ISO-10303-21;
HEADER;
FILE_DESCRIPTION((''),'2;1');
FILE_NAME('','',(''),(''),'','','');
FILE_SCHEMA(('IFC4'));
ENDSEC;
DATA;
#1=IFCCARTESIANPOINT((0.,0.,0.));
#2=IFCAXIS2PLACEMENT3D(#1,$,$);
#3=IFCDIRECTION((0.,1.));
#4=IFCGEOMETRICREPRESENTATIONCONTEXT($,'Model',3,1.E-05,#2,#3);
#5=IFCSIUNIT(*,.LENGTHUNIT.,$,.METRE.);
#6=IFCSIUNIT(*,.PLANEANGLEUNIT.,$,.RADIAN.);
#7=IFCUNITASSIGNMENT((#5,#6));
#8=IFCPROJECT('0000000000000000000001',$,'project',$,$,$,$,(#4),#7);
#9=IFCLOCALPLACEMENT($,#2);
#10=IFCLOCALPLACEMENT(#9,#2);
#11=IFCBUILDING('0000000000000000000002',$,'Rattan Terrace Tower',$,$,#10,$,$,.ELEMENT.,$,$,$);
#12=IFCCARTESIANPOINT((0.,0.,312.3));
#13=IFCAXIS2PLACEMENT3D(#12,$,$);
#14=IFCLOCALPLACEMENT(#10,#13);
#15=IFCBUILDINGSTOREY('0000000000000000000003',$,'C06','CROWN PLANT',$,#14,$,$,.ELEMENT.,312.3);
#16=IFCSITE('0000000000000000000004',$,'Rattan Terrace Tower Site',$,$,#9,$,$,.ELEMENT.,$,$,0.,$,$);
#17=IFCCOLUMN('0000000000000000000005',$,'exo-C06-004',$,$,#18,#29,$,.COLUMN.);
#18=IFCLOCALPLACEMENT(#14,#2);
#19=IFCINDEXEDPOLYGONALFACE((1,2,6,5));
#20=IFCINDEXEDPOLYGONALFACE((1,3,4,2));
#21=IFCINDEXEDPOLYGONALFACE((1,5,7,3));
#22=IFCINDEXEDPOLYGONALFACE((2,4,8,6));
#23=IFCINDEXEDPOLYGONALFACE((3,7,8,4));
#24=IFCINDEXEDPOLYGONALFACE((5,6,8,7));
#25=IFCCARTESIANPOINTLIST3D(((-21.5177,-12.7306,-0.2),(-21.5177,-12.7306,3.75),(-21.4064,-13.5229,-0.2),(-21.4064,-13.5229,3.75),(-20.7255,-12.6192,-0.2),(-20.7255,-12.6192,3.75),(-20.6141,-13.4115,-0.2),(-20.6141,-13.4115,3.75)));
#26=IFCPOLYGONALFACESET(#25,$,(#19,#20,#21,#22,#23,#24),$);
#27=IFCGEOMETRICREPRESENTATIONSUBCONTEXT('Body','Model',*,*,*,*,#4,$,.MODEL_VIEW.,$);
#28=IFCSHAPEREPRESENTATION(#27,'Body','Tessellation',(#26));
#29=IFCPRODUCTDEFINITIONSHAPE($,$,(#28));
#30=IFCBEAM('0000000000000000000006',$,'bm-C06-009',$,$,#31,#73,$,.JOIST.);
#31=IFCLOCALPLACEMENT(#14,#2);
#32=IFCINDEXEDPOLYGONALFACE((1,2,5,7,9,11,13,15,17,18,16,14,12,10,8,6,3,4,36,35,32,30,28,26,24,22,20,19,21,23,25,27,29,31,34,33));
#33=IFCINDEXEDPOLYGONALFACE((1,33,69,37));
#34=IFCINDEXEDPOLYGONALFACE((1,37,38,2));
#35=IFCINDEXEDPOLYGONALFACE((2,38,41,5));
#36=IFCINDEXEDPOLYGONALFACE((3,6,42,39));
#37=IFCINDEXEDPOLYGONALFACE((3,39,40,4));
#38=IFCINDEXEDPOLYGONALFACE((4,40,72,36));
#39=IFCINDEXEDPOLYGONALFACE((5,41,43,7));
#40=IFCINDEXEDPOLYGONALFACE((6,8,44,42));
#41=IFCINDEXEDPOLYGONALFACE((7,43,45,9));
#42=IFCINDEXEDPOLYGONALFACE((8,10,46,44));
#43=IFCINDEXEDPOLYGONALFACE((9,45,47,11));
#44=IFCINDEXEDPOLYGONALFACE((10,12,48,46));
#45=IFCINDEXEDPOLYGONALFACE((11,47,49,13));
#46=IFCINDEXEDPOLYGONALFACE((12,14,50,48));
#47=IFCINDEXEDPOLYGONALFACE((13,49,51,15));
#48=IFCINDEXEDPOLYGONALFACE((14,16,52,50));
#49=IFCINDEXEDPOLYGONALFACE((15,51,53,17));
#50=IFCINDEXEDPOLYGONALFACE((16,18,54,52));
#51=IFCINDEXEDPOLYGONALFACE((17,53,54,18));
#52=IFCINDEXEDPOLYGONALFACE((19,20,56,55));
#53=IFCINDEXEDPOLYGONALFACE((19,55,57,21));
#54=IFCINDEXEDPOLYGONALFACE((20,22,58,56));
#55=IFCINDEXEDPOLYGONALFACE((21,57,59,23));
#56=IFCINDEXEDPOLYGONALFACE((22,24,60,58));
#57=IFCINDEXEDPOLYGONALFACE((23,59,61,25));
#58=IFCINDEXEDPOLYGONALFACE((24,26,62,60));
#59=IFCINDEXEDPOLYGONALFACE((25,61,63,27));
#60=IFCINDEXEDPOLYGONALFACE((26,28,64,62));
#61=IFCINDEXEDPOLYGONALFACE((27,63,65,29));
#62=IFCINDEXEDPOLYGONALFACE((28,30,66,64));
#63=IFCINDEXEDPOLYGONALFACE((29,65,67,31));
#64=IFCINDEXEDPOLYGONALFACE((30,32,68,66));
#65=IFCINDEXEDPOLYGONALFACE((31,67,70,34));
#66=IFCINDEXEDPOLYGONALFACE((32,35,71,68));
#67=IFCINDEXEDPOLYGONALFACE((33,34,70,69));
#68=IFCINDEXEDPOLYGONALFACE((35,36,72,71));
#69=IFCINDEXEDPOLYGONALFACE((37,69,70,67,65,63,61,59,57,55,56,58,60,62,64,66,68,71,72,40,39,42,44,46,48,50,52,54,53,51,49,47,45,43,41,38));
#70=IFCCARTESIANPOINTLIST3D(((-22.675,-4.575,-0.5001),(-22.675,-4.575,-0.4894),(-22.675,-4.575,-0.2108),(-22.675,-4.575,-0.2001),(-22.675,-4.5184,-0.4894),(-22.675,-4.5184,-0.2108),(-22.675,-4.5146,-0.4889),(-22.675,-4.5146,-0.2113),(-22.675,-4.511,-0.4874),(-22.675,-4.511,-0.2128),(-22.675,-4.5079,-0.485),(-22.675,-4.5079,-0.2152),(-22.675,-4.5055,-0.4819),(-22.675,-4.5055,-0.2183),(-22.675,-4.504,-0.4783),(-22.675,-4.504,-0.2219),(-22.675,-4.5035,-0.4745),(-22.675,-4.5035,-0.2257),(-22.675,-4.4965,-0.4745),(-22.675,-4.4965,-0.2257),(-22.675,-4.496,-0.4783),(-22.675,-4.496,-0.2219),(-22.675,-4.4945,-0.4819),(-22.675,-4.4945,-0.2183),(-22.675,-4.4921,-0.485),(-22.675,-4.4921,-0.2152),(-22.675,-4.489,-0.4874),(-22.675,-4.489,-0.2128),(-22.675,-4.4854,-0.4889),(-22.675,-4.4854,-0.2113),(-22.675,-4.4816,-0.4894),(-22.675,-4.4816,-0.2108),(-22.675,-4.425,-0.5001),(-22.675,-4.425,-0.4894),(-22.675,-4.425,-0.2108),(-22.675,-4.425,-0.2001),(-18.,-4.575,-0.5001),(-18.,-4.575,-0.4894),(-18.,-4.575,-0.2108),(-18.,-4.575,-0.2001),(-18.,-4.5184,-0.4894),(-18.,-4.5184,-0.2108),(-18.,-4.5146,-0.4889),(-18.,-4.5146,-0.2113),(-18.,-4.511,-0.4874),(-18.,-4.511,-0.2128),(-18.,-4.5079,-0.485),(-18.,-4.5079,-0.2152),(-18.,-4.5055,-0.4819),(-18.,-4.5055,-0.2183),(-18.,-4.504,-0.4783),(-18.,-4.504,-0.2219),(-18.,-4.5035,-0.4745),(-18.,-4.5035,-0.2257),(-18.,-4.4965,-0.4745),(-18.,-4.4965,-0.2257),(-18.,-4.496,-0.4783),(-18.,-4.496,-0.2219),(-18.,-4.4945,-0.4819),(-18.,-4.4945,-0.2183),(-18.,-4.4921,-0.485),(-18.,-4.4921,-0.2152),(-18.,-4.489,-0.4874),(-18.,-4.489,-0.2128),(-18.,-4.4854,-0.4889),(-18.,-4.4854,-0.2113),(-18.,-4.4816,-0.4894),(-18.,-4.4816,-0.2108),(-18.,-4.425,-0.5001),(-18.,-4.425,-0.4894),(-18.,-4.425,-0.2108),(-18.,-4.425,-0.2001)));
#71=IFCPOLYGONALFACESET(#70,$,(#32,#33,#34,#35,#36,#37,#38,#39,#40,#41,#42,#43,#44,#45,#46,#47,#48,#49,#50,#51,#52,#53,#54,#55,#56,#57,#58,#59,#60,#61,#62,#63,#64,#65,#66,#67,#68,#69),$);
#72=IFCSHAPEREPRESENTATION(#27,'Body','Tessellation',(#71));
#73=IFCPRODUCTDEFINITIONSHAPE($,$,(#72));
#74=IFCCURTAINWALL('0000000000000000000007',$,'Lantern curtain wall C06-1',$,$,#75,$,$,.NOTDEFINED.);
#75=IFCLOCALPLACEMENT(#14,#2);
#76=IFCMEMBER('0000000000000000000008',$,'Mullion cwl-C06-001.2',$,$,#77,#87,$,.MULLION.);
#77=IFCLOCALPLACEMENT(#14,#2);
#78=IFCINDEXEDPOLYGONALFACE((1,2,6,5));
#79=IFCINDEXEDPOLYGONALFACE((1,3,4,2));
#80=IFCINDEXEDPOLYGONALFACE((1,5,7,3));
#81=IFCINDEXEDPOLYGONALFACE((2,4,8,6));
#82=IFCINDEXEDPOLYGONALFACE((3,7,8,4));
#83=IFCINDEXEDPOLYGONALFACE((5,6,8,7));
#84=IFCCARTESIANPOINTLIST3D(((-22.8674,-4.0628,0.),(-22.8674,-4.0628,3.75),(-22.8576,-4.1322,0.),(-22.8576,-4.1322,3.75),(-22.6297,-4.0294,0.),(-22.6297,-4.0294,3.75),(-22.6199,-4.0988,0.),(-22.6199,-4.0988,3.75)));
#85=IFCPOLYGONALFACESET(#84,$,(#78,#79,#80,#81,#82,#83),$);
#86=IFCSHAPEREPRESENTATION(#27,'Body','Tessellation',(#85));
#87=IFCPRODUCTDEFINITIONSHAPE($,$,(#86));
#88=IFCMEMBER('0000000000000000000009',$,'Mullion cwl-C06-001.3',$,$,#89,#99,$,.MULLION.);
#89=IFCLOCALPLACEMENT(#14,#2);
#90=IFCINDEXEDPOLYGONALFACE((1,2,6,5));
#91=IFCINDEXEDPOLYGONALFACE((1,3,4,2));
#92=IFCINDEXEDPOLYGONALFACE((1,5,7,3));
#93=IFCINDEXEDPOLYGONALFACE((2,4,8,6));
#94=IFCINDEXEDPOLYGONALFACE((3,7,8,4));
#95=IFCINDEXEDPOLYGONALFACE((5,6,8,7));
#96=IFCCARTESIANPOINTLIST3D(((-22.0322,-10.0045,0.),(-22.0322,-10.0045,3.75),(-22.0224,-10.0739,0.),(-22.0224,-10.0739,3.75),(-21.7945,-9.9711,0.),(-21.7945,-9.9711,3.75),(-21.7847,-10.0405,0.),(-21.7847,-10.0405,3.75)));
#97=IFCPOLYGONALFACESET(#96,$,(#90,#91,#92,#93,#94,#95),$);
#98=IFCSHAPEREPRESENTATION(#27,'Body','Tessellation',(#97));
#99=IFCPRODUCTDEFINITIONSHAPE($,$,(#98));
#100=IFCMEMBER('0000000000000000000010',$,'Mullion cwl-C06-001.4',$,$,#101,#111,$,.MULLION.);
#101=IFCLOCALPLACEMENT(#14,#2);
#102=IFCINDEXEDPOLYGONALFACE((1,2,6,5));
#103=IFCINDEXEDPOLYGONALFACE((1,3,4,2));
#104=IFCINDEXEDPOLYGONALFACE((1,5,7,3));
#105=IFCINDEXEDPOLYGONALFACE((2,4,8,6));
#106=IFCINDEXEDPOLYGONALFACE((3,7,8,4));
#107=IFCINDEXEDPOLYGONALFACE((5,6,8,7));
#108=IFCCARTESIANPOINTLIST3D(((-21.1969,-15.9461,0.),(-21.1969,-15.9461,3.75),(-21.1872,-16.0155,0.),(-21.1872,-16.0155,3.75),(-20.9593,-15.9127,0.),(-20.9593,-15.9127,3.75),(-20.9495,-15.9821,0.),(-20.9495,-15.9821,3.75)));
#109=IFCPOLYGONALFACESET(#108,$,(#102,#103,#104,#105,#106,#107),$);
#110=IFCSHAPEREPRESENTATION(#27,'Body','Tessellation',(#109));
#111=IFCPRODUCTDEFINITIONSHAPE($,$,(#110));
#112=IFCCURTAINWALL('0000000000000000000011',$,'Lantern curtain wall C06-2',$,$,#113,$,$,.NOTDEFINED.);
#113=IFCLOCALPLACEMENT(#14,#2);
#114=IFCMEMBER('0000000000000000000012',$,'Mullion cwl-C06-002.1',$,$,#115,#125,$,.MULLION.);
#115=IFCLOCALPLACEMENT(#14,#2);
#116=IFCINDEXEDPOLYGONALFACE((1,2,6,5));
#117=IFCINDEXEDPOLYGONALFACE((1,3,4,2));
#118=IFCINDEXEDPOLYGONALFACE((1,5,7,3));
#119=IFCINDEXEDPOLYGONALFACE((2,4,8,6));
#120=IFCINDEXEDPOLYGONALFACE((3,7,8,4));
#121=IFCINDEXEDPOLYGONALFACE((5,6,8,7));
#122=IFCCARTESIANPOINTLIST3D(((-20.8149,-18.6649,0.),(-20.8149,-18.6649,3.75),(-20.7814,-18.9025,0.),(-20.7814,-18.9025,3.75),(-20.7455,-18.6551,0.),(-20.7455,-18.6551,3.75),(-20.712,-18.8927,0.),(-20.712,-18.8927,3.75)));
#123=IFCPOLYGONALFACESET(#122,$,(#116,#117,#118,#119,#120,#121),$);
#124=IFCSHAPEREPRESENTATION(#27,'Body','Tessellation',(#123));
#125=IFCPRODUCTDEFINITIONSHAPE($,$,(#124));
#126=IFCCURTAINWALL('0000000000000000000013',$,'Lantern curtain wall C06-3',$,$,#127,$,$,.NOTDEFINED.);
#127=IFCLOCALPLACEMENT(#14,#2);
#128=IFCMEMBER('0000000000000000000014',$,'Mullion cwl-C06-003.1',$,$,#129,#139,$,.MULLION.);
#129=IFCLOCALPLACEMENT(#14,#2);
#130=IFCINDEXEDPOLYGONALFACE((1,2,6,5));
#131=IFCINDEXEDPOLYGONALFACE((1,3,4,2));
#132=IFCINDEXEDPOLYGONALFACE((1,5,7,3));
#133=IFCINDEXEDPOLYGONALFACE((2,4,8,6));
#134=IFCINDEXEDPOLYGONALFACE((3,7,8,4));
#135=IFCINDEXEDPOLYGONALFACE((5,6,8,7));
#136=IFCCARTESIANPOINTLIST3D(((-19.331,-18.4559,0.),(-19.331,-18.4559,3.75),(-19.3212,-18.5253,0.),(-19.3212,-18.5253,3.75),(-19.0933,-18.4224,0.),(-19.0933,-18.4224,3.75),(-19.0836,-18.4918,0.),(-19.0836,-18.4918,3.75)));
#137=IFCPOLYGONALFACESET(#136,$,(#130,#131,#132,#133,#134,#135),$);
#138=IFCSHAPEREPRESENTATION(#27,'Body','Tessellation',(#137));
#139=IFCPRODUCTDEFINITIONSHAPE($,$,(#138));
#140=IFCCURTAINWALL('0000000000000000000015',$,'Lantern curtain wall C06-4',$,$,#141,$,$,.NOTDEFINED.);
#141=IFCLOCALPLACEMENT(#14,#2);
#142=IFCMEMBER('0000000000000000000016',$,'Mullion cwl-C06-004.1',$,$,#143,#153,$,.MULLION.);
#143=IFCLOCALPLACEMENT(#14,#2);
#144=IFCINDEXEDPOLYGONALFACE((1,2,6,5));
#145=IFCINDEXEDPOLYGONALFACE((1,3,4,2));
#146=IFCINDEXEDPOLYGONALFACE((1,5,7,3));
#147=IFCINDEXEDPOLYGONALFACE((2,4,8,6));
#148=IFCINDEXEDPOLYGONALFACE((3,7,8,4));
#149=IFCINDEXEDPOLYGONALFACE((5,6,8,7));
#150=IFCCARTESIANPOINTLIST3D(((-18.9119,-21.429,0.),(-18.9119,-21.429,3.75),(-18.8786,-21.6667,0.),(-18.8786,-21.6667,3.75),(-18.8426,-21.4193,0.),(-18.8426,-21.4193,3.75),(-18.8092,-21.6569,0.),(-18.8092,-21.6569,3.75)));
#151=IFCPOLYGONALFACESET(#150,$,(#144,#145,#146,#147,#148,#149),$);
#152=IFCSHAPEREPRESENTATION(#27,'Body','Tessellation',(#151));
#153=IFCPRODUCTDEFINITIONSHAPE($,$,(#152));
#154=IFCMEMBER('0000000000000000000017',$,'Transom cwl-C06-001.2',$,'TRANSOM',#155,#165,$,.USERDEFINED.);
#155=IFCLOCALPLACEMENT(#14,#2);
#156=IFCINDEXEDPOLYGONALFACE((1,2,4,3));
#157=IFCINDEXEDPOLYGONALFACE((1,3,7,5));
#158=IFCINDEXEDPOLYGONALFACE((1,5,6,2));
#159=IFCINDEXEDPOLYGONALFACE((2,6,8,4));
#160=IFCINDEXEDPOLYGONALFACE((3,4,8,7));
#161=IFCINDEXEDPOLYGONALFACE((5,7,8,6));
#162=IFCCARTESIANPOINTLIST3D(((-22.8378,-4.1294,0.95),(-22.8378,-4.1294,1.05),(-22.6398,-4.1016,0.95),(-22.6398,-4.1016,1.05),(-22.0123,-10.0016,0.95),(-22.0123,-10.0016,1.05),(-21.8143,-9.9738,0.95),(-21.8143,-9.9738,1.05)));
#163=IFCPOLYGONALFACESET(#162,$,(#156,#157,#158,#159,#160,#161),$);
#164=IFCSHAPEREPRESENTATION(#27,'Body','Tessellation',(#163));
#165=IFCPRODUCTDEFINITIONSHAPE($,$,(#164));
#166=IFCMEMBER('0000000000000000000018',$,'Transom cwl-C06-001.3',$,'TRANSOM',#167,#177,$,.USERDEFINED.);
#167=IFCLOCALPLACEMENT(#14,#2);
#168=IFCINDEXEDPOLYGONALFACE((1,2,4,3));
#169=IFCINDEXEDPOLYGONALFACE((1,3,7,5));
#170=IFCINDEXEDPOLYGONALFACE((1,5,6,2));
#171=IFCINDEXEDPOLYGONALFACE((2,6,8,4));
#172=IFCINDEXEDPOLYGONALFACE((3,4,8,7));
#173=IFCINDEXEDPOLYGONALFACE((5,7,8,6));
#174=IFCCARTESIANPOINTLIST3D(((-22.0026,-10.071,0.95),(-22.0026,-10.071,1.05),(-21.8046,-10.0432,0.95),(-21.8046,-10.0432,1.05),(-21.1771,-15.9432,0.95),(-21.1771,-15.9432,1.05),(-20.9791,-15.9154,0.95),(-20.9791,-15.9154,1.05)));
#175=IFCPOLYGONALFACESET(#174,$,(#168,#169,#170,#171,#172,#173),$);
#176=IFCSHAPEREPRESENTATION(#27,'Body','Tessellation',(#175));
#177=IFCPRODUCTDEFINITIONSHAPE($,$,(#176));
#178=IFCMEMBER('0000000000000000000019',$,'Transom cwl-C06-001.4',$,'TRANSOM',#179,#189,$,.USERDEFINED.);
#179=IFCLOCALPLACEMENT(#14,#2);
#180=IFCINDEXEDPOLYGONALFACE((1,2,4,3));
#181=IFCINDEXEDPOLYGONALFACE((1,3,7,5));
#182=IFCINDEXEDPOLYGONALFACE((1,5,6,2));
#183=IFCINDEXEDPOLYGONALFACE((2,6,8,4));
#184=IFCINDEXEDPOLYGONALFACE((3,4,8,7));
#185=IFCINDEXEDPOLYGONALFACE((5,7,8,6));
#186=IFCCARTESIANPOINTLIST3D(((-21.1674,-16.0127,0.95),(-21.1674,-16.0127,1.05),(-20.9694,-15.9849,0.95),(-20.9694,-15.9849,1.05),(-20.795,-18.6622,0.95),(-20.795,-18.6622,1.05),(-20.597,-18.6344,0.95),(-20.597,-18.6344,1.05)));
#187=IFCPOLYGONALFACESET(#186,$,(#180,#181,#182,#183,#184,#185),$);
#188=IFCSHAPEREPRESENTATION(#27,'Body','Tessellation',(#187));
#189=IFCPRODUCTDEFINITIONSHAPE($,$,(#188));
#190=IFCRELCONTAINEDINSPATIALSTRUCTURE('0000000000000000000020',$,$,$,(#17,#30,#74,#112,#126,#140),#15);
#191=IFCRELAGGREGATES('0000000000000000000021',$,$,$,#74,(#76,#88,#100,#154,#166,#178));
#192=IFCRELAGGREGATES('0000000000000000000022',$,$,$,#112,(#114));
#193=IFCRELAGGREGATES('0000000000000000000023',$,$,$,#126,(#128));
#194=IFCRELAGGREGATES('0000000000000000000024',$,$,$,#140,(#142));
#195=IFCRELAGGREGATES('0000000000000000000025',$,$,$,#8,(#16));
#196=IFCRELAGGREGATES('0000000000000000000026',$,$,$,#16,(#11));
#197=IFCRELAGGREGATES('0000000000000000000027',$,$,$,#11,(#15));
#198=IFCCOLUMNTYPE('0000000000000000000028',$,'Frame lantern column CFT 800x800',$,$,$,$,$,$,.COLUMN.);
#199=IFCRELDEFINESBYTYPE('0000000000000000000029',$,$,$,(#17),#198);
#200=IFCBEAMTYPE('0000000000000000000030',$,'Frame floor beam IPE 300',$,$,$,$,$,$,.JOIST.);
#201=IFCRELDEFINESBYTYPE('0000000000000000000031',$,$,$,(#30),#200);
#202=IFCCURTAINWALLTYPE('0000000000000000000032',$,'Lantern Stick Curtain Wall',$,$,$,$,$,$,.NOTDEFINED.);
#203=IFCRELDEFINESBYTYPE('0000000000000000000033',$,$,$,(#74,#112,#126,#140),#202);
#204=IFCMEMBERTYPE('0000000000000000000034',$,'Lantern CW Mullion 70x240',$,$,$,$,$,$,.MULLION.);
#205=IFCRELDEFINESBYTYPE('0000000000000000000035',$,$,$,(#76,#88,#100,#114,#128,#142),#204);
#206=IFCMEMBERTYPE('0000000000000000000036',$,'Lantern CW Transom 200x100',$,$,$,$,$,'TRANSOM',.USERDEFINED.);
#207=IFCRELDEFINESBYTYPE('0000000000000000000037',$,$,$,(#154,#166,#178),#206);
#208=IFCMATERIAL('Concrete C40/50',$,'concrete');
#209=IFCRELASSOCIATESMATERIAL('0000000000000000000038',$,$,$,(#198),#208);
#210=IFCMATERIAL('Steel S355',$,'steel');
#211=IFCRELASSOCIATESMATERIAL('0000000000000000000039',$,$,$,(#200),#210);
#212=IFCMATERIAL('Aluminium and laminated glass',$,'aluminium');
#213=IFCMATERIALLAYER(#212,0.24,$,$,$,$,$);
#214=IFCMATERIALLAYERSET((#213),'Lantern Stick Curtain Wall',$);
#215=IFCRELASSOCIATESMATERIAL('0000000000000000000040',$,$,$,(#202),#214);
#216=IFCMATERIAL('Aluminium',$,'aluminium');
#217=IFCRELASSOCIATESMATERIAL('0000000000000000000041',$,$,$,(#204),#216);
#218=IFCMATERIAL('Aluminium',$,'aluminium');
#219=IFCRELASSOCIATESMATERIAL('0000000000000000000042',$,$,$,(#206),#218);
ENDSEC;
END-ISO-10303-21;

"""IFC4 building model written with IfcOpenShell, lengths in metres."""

from ifc_helpers import new_model, si_unit, direction, frame, origin, origin_2d, place, context, subcontext, project, spatial, rectangle, i_section, extrude, material, layer, layer_set, material_profile, profile_set, type_object, element, aggregate, save


model = new_model("IFC4")

# Units and contexts
model_context = context("Model", 3, precision=1e-05, world=origin(), true_north=direction((0.0, 1.0)))
body_context = subcontext(model_context, "Body", "Model", "MODEL_VIEW")
ifc_project = project(units=[si_unit("LENGTHUNIT", "METRE"), si_unit("PLANEANGLEUNIT", "RADIAN")], contexts=[model_context])

# Site, building, storey
site_placement = place(None, origin())
site = spatial("IfcSite", under=ifc_project, at=site_placement, Name="Rattan Terrace Tower Site", CompositionType="ELEMENT", RefElevation=0.0)
building_placement = place(site_placement, origin())
building = spatial("IfcBuilding", under=site, at=building_placement, Name="Rattan Terrace Tower", CompositionType="ELEMENT")
storey_placement = place(building_placement, frame((0.0, 0.0, 312.3)))
storey = spatial("IfcBuildingStorey", under=building, at=storey_placement, Name="C06", Description="CROWN PLANT", CompositionType="ELEMENT", Elevation=312.3)

# Column
ifc_material_1 = material(Name="Concrete C40/50", Category="concrete")
ifc_material_profile_1 = material_profile(ifc_material_1, rectangle(XDim=0.8, YDim=0.8, at=origin_2d()), Name="CFT 800x800")
ifc_profile_set_1 = profile_set([ifc_material_profile_1], Name="Concrete C40/50")
column_type = type_object("IfcColumnType", Name="Frame lantern column CFT 800x800", PredefinedType="COLUMN", material=ifc_profile_set_1)
column_placement = place(storey_placement, frame((-21.0659, -13.071, -0.2), z_axis=(0.0, 0.0, 1.0), x_axis=(-0.13919, 0.990266, 0.0)))
element("IfcColumn", 1, at=column_placement, inside=storey, type_object=column_type, Name="exo-C06-004", PredefinedType="COLUMN", context=body_context, shape_type="SweptSolid", body=[
    extrude(rectangle(XDim=0.8, YDim=0.8, at=origin_2d()), origin(), (0.0, 0.0, 1.0), 3.95),
])

# Beam
ifc_material_2 = material(Name="Steel S355", Category="steel")
ifc_material_profile_2 = material_profile(ifc_material_2, i_section(OverallWidth=0.1499, OverallDepth=0.3, WebThickness=0.0071, FlangeThickness=0.0107, FilletRadius=0.0149, at=origin_2d()), Name="IPE 300")
ifc_profile_set_2 = profile_set([ifc_material_profile_2], Name="Steel S355")
beam_type = type_object("IfcBeamType", Name="Frame floor beam IPE 300", PredefinedType="JOIST", material=ifc_profile_set_2)
beam_placement = place(storey_placement, frame((-22.675, -4.5, -0.3501), z_axis=(1.0, 0.0, 0.0), x_axis=(0.0, 1.0, 0.0)))
element("IfcBeam", 2, at=beam_placement, inside=storey, type_object=beam_type, Name="bm-C06-009", PredefinedType="JOIST", context=body_context, shape_type="SweptSolid", body=[
    extrude(i_section(OverallWidth=0.1499, OverallDepth=0.3, WebThickness=0.0071, FlangeThickness=0.0107, FilletRadius=0.0149, at=origin_2d()), origin(), (0.0, 0.0, 1.0), 4.675),
])

# Curtain wall, members
ifc_material_3 = material(Name="Aluminium and laminated glass", Category="aluminium")
ifc_layer_1 = layer(ifc_material_3, 0.24)
ifc_layer_set_1 = layer_set([ifc_layer_1], Name="Lantern Stick Curtain Wall")
curtain_wall_type = type_object("IfcCurtainWallType", Name="Lantern Stick Curtain Wall", PredefinedType="NOTDEFINED", material=ifc_layer_set_1)
curtain_wall_1_placement = place(storey_placement, origin())
curtain_wall_1 = element("IfcCurtainWall", 3, at=curtain_wall_1_placement, inside=storey, type_object=curtain_wall_type, Name="Lantern curtain wall C06-1", PredefinedType="NOTDEFINED")
ifc_material_4 = material(Name="Aluminium", Category="aluminium")
ifc_material_profile_3 = material_profile(ifc_material_4, rectangle(XDim=0.0701, YDim=0.24, at=origin_2d()), Name="Aluminium 70x240")
ifc_profile_set_3 = profile_set([ifc_material_profile_3], Name="Aluminium")
member_type_1 = type_object("IfcMemberType", Name="Lantern CW Mullion 70x240", PredefinedType="MULLION", material=ifc_profile_set_3)
member_1_placement = place(storey_placement, frame((-22.7437, -4.0808, 0.0), z_axis=(0.0, 0.0, 1.0), x_axis=(0.139188, -0.990266, 0.0)))
member_1 = element("IfcMember", 4, at=member_1_placement, type_object=member_type_1, Name="Mullion cwl-C06-001.2", PredefinedType="MULLION", context=body_context, shape_type="SweptSolid", body=[
    extrude(rectangle(XDim=0.0701, YDim=0.24, at=origin_2d()), origin(), (0.0, 0.0, 1.0), 3.75),
])
member_2_placement = place(storey_placement, frame((-21.9084, -10.0225, 0.0), z_axis=(0.0, 0.0, 1.0), x_axis=(0.139188, -0.990266, 0.0)))
member_2 = element("IfcMember", 5, at=member_2_placement, type_object=member_type_1, Name="Mullion cwl-C06-001.3", PredefinedType="MULLION", context=body_context, shape_type="SweptSolid", body=[
    extrude(rectangle(XDim=0.0701, YDim=0.24, at=origin_2d()), origin(), (0.0, 0.0, 1.0), 3.75),
])
member_3_placement = place(storey_placement, frame((-21.0732, -15.9641, 0.0), z_axis=(0.0, 0.0, 1.0), x_axis=(0.139188, -0.990266, 0.0)))
member_3 = element("IfcMember", 6, at=member_3_placement, type_object=member_type_1, Name="Mullion cwl-C06-001.4", PredefinedType="MULLION", context=body_context, shape_type="SweptSolid", body=[
    extrude(rectangle(XDim=0.0701, YDim=0.24, at=origin_2d()), origin(), (0.0, 0.0, 1.0), 3.75),
])

# Curtain walls, members
curtain_wall_2_placement = place(storey_placement, origin())
curtain_wall_2 = element("IfcCurtainWall", 7, at=curtain_wall_2_placement, inside=storey, type_object=curtain_wall_type, Name="Lantern curtain wall C06-2", PredefinedType="NOTDEFINED")
member_4_placement = place(storey_placement, frame((-20.7634, -18.7788, 0.0), z_axis=(0.0, 0.0, 1.0), x_axis=(0.990228, 0.139459, 0.0)))
member_4 = element("IfcMember", 8, at=member_4_placement, type_object=member_type_1, Name="Mullion cwl-C06-002.1", PredefinedType="MULLION", context=body_context, shape_type="SweptSolid", body=[
    extrude(rectangle(XDim=0.0701, YDim=0.24, at=origin_2d()), origin(), (0.0, 0.0, 1.0), 3.75),
])
curtain_wall_3_placement = place(storey_placement, origin())
curtain_wall_3 = element("IfcCurtainWall", 9, at=curtain_wall_3_placement, inside=storey, type_object=curtain_wall_type, Name="Lantern curtain wall C06-3", PredefinedType="NOTDEFINED")
member_5_placement = place(storey_placement, frame((-19.2073, -18.4739, 0.0), z_axis=(0.0, 0.0, 1.0), x_axis=(0.139556, -0.990214, 0.0)))
member_5 = element("IfcMember", 10, at=member_5_placement, type_object=member_type_1, Name="Mullion cwl-C06-003.1", PredefinedType="MULLION", context=body_context, shape_type="SweptSolid", body=[
    extrude(rectangle(XDim=0.0701, YDim=0.24, at=origin_2d()), origin(), (0.0, 0.0, 1.0), 3.75),
])
curtain_wall_4_placement = place(storey_placement, origin())
curtain_wall_4 = element("IfcCurtainWall", 11, at=curtain_wall_4_placement, inside=storey, type_object=curtain_wall_type, Name="Lantern curtain wall C06-4", PredefinedType="NOTDEFINED")
member_6_placement = place(storey_placement, frame((-18.8606, -21.543, 0.0), z_axis=(0.0, 0.0, 1.0), x_axis=(0.99032, 0.138805, 0.0)))
member_6 = element("IfcMember", 12, at=member_6_placement, type_object=member_type_1, Name="Mullion cwl-C06-004.1", PredefinedType="MULLION", context=body_context, shape_type="SweptSolid", body=[
    extrude(rectangle(XDim=0.0701, YDim=0.24, at=origin_2d()), origin(), (0.0, 0.0, 1.0), 3.75),
])

# Members
ifc_material_5 = material(Name="Aluminium", Category="aluminium")
ifc_material_profile_4 = material_profile(ifc_material_5, rectangle(XDim=0.2, YDim=0.1001, at=origin_2d()), Name="Aluminium 200x100")
ifc_profile_set_4 = profile_set([ifc_material_profile_4], Name="Aluminium")
member_type_2 = type_object("IfcMemberType", Name="Lantern CW Transom 200x100", ElementType="TRANSOM", PredefinedType="USERDEFINED", material=ifc_profile_set_4)
member_7_placement = place(storey_placement, frame((-22.7388, -4.1155, 1.0), z_axis=(0.139196, -0.990265, 0.0), x_axis=(0.990265, 0.139196, 0.0)))
member_7 = element("IfcMember", 13, at=member_7_placement, type_object=member_type_2, Name="Transom cwl-C06-001.2", ObjectType="TRANSOM", PredefinedType="USERDEFINED", context=body_context, shape_type="SweptSolid", body=[
    extrude(rectangle(XDim=0.2, YDim=0.1001, at=origin_2d()), origin(), (0.0, 0.0, 1.0), 5.9299),
])
member_8_placement = place(storey_placement, frame((-21.9036, -10.0571, 1.0), z_axis=(0.139196, -0.990265, 0.0), x_axis=(0.990265, 0.139196, 0.0)))
member_8 = element("IfcMember", 14, at=member_8_placement, type_object=member_type_2, Name="Transom cwl-C06-001.3", ObjectType="TRANSOM", PredefinedType="USERDEFINED", context=body_context, shape_type="SweptSolid", body=[
    extrude(rectangle(XDim=0.2, YDim=0.1001, at=origin_2d()), origin(), (0.0, 0.0, 1.0), 5.9299),
])
member_9_placement = place(storey_placement, frame((-21.0684, -15.9988, 1.0), z_axis=(0.13916, -0.99027, 0.0), x_axis=(0.99027, 0.13916, 0.0)))
member_9 = element("IfcMember", 15, at=member_9_placement, type_object=member_type_2, Name="Transom cwl-C06-001.4", ObjectType="TRANSOM", PredefinedType="USERDEFINED", context=body_context, shape_type="SweptSolid", body=[
    extrude(rectangle(XDim=0.2, YDim=0.1001, at=origin_2d()), origin(), (0.0, 0.0, 1.0), 2.6755),
])

aggregate(curtain_wall_1, [member_1, member_2, member_3, member_7, member_8, member_9])
aggregate(curtain_wall_2, [member_4])
aggregate(curtain_wall_3, [member_5])
aggregate(curtain_wall_4, [member_6])

save(model, "model.ifc")
